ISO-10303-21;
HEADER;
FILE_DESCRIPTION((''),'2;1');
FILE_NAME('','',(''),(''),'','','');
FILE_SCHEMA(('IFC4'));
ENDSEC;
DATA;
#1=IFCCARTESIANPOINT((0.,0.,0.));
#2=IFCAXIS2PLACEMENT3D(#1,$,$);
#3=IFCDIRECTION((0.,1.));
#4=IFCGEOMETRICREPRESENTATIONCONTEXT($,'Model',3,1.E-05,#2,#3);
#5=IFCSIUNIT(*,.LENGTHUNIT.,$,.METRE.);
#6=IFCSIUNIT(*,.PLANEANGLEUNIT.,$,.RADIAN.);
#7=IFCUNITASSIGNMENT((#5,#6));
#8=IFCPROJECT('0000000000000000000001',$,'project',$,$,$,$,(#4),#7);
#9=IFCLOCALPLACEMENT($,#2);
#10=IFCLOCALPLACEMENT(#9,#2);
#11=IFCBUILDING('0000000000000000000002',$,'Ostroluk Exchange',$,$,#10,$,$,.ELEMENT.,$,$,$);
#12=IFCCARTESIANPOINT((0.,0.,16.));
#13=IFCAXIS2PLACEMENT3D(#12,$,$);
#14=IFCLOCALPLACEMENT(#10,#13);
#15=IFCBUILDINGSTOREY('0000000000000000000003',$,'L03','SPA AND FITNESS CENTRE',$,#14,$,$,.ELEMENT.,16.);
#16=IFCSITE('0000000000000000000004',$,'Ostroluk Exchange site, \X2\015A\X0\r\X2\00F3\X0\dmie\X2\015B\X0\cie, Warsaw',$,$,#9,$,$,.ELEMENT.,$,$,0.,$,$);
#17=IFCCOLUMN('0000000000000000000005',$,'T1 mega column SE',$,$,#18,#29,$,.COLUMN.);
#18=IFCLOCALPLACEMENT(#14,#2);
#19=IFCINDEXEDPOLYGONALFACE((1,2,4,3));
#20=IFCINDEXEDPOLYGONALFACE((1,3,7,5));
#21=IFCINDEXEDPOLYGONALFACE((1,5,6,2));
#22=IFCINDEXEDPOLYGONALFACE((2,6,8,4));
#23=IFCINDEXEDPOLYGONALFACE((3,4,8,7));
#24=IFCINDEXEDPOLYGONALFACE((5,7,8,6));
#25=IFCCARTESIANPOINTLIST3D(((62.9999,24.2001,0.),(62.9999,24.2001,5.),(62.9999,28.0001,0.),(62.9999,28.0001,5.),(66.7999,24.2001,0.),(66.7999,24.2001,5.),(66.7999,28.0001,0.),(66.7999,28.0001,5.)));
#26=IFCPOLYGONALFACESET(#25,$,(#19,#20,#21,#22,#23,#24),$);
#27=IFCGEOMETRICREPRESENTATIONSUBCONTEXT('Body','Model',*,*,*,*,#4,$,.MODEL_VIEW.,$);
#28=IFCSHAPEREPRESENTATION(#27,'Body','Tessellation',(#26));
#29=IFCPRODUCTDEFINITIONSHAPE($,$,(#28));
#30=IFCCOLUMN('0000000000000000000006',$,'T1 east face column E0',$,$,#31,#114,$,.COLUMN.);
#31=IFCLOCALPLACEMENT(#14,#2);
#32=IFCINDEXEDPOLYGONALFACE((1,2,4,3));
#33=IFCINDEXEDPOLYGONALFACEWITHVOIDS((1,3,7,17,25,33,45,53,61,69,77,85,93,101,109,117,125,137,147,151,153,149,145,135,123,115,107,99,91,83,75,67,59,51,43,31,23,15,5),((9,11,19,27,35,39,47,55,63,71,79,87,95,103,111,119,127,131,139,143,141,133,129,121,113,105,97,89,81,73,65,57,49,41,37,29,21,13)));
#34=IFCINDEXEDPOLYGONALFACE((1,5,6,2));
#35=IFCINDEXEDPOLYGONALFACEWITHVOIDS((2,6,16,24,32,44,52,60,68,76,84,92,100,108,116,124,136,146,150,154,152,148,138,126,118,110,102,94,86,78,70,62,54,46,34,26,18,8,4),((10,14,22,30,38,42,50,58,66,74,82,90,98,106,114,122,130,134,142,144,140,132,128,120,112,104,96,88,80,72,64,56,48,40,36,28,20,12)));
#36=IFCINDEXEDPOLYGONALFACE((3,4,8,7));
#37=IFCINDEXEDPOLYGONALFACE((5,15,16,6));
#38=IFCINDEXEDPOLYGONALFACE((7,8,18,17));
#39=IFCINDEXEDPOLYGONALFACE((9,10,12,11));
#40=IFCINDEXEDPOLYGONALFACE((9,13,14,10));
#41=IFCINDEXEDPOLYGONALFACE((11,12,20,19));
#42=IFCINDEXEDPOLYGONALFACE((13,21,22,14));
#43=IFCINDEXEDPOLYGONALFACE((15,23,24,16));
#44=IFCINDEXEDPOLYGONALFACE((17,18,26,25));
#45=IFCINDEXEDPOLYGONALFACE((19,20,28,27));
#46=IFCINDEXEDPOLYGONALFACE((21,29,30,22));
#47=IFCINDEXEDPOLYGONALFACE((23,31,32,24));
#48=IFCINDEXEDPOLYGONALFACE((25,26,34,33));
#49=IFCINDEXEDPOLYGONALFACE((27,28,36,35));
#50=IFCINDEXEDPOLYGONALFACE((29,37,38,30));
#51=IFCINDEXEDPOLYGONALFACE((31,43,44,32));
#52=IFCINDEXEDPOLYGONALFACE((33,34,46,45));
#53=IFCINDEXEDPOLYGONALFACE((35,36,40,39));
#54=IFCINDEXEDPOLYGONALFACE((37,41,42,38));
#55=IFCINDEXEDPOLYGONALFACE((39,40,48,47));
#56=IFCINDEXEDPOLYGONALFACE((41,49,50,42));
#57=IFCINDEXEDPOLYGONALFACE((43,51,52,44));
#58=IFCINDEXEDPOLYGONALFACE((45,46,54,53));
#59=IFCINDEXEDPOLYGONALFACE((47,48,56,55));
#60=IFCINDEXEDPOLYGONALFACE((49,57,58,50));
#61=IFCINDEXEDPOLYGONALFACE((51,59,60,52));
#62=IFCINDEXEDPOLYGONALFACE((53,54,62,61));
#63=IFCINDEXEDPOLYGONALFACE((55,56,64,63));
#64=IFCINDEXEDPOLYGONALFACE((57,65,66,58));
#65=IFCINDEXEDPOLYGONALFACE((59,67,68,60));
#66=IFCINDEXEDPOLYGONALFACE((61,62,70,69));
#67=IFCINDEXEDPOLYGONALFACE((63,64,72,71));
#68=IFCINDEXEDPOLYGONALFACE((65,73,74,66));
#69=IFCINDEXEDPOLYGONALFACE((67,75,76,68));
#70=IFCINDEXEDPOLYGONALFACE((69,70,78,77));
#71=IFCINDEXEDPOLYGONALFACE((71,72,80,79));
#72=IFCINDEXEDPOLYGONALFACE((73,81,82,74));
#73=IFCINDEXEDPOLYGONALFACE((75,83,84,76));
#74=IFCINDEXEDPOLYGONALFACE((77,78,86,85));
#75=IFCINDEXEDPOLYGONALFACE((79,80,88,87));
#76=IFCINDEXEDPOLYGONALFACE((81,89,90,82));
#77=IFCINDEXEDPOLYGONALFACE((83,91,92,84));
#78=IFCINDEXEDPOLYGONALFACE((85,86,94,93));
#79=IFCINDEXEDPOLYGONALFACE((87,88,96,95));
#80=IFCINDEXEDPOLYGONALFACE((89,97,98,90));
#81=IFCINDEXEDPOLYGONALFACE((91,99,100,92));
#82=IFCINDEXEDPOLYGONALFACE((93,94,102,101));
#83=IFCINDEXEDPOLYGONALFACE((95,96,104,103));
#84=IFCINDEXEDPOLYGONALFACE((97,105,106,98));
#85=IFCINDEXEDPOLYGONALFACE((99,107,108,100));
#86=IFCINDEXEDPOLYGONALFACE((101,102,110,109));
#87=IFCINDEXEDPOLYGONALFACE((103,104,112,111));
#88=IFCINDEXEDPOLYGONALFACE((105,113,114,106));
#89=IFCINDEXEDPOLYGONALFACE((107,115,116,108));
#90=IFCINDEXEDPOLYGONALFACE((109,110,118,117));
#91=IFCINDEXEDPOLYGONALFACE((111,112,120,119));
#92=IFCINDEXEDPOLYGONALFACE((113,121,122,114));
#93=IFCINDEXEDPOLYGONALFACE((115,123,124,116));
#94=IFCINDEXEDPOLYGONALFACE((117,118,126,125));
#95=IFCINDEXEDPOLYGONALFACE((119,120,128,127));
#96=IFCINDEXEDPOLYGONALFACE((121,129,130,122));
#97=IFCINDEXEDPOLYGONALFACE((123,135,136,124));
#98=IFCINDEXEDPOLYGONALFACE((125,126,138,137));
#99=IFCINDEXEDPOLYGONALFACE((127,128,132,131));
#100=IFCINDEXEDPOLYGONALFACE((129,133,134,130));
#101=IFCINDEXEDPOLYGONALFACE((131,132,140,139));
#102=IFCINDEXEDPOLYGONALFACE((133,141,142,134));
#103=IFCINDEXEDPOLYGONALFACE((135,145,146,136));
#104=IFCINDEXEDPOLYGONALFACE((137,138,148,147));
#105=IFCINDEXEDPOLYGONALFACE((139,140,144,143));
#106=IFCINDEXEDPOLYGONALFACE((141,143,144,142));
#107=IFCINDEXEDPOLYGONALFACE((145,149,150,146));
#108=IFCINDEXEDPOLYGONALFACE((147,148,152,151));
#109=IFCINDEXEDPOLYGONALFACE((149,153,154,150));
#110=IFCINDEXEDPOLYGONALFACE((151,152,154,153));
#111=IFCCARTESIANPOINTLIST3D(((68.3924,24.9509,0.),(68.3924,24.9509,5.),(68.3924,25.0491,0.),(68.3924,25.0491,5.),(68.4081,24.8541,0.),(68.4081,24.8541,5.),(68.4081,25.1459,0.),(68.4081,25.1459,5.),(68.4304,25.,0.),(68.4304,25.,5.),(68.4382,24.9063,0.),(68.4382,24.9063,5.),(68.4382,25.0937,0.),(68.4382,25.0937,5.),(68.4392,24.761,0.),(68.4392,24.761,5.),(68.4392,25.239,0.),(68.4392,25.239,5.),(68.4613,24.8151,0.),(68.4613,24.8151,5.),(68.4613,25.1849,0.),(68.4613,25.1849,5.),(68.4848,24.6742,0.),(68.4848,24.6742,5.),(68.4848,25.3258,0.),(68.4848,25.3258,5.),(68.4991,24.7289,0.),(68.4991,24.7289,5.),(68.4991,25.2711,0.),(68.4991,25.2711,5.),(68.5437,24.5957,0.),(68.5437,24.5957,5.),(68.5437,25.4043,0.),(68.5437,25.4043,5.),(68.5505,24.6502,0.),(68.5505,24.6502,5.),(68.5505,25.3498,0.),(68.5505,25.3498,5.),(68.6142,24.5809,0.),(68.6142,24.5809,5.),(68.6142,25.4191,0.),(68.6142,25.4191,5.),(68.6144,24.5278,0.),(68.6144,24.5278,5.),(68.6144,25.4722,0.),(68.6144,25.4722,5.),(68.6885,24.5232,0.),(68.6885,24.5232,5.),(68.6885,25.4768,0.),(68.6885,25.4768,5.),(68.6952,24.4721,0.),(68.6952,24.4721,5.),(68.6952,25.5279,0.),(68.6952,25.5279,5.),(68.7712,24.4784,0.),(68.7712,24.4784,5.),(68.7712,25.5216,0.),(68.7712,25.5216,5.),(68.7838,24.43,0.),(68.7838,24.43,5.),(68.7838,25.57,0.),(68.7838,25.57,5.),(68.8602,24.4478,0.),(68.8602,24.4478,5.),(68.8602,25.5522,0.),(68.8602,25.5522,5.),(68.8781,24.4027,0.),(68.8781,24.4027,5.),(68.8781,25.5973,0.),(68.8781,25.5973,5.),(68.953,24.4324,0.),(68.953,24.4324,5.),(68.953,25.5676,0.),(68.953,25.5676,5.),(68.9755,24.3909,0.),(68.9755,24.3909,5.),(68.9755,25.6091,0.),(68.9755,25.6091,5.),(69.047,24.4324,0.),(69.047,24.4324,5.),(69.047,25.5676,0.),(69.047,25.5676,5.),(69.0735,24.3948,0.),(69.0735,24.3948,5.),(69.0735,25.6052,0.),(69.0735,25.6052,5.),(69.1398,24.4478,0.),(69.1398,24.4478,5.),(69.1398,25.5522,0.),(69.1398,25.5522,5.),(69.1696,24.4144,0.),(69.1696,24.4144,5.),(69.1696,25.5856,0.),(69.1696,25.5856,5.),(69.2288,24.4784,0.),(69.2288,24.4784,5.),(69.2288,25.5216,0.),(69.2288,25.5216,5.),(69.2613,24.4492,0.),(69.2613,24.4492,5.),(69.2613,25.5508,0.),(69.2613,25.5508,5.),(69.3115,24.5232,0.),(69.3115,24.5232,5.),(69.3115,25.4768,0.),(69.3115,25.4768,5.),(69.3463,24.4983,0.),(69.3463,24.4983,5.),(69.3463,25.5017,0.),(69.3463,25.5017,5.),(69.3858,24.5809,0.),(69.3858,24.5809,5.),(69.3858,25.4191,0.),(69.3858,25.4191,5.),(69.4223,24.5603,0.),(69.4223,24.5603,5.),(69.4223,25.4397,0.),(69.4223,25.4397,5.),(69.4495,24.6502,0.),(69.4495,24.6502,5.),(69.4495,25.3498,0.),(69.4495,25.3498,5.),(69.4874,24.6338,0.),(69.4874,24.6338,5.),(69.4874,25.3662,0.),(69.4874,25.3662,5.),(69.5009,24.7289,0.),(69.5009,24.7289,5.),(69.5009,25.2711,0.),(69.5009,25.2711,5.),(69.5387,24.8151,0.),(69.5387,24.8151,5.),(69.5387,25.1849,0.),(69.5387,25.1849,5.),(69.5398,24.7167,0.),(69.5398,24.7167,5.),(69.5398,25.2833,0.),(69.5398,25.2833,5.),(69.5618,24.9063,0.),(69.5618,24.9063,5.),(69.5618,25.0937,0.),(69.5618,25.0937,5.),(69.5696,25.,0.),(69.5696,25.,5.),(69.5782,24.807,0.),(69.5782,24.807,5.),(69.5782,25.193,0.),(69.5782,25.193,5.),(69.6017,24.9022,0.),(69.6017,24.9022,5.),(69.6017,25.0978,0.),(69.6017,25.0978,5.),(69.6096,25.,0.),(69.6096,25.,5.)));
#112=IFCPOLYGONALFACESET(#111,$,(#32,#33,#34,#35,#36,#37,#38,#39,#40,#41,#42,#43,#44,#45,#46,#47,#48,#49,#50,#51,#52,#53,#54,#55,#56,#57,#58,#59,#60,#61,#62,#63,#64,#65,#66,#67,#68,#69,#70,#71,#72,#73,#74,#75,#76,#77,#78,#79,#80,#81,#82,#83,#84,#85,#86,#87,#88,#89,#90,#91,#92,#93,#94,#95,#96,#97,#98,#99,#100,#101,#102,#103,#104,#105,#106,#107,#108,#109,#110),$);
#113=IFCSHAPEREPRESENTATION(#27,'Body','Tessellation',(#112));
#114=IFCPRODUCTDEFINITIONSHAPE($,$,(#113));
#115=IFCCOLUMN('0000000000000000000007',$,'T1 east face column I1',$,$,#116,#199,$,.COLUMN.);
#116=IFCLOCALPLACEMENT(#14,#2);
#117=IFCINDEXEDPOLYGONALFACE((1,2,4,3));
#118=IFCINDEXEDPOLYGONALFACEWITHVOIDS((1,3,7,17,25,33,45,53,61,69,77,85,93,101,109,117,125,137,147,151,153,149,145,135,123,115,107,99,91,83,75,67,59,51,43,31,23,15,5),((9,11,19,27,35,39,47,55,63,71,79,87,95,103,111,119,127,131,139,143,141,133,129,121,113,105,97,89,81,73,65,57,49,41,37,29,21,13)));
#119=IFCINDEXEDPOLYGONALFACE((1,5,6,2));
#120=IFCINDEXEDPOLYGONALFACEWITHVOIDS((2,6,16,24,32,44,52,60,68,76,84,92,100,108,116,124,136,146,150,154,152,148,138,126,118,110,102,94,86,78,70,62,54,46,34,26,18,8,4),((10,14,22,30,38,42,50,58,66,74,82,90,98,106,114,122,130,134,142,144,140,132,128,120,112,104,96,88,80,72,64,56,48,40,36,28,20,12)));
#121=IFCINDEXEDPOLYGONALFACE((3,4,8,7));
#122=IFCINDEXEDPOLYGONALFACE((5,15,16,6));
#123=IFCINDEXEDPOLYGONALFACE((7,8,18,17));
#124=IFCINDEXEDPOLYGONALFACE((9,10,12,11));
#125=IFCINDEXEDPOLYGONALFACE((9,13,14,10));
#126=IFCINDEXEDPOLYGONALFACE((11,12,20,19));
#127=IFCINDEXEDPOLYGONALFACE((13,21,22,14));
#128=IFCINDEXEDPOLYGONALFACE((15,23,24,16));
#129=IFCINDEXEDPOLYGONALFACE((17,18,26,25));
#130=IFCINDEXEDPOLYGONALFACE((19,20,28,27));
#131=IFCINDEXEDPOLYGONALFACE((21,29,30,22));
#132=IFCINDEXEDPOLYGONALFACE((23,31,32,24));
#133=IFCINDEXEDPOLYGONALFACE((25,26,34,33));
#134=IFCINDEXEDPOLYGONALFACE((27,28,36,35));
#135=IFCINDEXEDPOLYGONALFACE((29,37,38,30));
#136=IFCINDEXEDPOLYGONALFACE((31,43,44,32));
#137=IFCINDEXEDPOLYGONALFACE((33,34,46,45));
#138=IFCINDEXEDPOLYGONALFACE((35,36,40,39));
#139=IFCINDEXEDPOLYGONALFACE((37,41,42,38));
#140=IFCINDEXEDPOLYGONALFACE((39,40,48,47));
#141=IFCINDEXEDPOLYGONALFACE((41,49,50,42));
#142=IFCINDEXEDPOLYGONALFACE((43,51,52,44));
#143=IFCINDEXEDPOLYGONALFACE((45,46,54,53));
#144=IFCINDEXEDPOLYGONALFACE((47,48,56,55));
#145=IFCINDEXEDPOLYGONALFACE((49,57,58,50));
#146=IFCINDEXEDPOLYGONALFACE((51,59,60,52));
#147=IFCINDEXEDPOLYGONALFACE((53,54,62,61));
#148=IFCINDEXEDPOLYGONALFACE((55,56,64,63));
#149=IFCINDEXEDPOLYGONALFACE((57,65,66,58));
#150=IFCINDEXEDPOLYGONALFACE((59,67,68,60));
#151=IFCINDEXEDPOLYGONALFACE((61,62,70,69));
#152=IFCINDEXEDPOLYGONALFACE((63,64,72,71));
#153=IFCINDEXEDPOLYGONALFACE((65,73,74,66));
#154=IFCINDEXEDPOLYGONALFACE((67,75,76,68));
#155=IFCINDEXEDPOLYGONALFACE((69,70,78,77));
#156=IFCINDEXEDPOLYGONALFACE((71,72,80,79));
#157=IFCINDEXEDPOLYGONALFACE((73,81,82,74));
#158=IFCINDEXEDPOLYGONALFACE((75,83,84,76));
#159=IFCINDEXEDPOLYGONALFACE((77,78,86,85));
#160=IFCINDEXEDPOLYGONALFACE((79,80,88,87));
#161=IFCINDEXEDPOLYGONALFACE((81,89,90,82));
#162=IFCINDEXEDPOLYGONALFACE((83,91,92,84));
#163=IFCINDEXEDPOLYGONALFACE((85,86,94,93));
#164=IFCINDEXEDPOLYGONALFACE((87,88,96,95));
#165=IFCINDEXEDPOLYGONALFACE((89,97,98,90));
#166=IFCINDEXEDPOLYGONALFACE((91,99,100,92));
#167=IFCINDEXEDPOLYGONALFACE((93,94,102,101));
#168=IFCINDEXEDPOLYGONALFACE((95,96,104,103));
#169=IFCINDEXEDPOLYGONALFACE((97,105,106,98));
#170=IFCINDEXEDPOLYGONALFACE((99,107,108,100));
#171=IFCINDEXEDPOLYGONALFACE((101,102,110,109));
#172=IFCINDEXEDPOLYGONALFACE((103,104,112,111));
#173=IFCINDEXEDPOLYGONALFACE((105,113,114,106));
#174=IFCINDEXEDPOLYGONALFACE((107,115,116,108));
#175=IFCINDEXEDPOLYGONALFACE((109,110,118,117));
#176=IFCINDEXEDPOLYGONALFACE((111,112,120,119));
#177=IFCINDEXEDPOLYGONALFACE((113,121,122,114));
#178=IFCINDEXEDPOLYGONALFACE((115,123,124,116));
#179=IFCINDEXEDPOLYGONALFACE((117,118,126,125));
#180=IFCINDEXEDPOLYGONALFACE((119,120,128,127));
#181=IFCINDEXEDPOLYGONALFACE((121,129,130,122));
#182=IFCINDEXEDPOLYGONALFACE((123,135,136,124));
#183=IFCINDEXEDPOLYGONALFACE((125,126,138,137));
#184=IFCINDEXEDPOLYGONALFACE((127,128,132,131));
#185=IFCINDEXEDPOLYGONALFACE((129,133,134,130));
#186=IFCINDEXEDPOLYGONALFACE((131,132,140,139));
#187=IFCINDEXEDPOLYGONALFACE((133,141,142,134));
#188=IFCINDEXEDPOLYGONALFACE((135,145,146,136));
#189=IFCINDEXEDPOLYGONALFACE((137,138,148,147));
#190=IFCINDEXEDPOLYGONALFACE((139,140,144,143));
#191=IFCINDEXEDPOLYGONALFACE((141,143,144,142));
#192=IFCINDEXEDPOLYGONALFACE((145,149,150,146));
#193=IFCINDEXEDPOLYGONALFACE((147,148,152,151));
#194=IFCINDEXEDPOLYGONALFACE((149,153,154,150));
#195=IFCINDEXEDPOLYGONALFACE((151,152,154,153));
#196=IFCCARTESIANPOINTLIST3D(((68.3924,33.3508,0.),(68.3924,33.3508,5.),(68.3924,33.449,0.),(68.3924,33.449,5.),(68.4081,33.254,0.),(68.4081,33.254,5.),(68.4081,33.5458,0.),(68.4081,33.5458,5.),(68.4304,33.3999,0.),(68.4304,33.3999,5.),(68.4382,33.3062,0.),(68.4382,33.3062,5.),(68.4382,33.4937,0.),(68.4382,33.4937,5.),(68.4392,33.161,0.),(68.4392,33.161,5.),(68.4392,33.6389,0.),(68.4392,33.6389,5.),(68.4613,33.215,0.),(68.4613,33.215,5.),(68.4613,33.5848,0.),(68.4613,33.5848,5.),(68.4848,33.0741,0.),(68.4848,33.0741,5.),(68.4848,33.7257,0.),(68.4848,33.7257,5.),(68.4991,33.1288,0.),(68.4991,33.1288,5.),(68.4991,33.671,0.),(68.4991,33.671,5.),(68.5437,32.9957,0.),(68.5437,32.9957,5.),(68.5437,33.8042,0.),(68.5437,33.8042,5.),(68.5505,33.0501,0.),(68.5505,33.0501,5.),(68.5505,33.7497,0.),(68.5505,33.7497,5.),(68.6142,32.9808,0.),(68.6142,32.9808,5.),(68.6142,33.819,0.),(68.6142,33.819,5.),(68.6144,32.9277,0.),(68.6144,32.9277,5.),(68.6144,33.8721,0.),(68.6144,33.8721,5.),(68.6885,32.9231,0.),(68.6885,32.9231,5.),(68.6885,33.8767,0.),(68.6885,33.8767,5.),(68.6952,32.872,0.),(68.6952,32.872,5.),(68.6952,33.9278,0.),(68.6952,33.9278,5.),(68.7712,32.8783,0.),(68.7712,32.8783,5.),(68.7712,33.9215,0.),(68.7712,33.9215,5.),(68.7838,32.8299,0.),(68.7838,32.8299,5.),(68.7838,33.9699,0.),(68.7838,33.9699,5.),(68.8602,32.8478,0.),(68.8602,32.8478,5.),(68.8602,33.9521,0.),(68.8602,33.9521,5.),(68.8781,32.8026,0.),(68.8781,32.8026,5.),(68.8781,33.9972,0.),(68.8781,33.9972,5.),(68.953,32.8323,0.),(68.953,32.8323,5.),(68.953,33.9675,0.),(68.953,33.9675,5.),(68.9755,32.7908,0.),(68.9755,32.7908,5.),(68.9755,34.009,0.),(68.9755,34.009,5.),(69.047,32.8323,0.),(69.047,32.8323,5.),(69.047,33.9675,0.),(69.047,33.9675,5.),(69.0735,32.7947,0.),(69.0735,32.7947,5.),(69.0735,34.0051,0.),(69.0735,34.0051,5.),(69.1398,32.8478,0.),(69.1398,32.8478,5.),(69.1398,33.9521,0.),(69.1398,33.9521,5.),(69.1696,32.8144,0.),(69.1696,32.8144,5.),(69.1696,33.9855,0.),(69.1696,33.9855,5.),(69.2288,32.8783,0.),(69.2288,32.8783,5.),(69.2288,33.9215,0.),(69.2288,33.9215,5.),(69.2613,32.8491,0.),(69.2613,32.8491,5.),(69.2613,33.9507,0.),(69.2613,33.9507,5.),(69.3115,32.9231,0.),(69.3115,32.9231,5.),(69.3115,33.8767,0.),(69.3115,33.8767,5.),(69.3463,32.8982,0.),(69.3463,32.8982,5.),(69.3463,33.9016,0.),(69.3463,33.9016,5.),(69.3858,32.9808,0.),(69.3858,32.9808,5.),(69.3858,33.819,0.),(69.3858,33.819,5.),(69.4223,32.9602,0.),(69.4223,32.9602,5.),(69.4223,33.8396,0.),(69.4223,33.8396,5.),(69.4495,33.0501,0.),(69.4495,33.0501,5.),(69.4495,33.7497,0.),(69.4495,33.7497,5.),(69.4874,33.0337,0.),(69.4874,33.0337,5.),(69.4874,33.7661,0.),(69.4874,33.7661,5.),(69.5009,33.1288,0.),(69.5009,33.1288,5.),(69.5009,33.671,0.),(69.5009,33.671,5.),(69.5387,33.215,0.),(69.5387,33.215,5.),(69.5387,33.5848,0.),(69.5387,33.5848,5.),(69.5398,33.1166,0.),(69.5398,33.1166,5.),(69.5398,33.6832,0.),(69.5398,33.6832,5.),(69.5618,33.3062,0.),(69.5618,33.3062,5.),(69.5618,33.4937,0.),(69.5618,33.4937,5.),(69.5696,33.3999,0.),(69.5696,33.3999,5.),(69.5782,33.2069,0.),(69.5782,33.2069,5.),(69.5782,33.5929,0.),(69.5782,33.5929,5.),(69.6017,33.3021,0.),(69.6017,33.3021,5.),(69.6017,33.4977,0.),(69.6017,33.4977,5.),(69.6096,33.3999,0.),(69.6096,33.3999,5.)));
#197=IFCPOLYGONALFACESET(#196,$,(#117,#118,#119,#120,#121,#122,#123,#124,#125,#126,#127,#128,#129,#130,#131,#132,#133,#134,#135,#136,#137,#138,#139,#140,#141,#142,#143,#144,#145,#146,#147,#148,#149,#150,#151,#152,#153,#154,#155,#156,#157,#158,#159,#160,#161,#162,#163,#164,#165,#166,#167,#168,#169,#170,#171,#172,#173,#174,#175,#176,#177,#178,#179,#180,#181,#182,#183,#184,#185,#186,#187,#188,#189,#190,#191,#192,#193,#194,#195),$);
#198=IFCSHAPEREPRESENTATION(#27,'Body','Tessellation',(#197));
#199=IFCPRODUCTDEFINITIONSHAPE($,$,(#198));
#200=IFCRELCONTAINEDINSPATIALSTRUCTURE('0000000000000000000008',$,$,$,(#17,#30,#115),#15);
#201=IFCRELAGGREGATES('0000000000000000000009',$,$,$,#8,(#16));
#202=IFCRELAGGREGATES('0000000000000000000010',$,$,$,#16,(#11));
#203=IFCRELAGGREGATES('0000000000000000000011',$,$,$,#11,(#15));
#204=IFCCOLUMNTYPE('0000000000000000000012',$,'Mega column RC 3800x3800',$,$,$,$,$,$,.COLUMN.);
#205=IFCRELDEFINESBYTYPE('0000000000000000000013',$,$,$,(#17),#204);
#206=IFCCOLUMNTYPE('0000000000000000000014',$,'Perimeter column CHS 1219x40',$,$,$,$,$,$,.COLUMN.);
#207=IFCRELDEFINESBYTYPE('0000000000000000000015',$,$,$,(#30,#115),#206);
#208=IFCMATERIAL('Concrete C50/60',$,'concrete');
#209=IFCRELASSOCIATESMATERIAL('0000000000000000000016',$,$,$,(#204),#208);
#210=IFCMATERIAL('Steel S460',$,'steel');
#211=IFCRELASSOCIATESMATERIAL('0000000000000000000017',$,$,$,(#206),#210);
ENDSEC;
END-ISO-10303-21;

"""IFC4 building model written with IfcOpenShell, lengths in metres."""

from ifc_helpers import new_model, si_unit, direction, frame, origin, origin_2d, place, context, subcontext, project, spatial, rectangle, hollow_circle, extrude, material, material_profile, profile_set, type_object, element, save


model = new_model("IFC4")

# Units and contexts
model_context = context("Model", 3, precision=1e-05, world=origin(), true_north=direction((0.0, 1.0)))
body_context = subcontext(model_context, "Body", "Model", "MODEL_VIEW")
ifc_project = project(units=[si_unit("LENGTHUNIT", "METRE"), si_unit("PLANEANGLEUNIT", "RADIAN")], contexts=[model_context])

# Site, building, storey
site_placement = place(None, origin())
site = spatial("IfcSite", under=ifc_project, at=site_placement, Name="Ostroluk Exchange site, Śródmieście, Warsaw", CompositionType="ELEMENT", RefElevation=0.0)
building_placement = place(site_placement, origin())
building = spatial("IfcBuilding", under=site, at=building_placement, Name="Ostroluk Exchange", CompositionType="ELEMENT")
storey_placement = place(building_placement, frame((0.0, 0.0, 16.0)))
storey = spatial("IfcBuildingStorey", under=building, at=storey_placement, Name="L03", Description="SPA AND FITNESS CENTRE", CompositionType="ELEMENT", Elevation=16.0)

# Columns
ifc_material_1 = material(Name="Concrete C50/60", Category="concrete")
ifc_material_profile_1 = material_profile(ifc_material_1, rectangle(XDim=3.8, YDim=3.8, at=origin_2d()), Name="RC 3800x3800")
ifc_profile_set_1 = profile_set([ifc_material_profile_1], Name="Concrete C50/60")
column_type_1 = type_object("IfcColumnType", Name="Mega column RC 3800x3800", PredefinedType="COLUMN", material=ifc_profile_set_1)
column_placement = place(storey_placement, frame((64.8999, 26.1001, 0.0), z_axis=(0.0, 0.0, 1.0), x_axis=(1.0, 0.0, 0.0)))
element("IfcColumn", 1, at=column_placement, inside=storey, type_object=column_type_1, Name="T1 mega column SE", PredefinedType="COLUMN", context=body_context, shape_type="SweptSolid", body=[
    extrude(rectangle(XDim=3.8, YDim=3.8, at=origin_2d()), origin(), (0.0, 0.0, 1.0), 5.0),
])
ifc_material_2 = material(Name="Steel S460", Category="steel")
ifc_material_profile_2 = material_profile(ifc_material_2, hollow_circle(Radius=0.6096, WallThickness=0.04, at=origin_2d()), Name="CHS 1219x40")
ifc_profile_set_2 = profile_set([ifc_material_profile_2], Name="Steel S460")
column_type_2 = type_object("IfcColumnType", Name="Perimeter column CHS 1219x40", PredefinedType="COLUMN", material=ifc_profile_set_2)
for number, where, z_axis, x_axis, name in (
    (2, (69.0, 25.0, 0.0), (0.0, 0.0, 1.0), (1.0, 0.0, 0.0), "T1 east face column E0"),
    (3, (69.0, 33.3999, 0.0), (0.0, 0.0, 1.0), (1.0, 0.0, 0.0), "T1 east face column I1"),
):
    element("IfcColumn", number, at=place(storey_placement, frame(where, z_axis=z_axis, x_axis=x_axis)), inside=storey, type_object=column_type_2, Name=name, PredefinedType="COLUMN", context=body_context, shape_type="SweptSolid", body=[
        extrude(hollow_circle(Radius=0.6096, WallThickness=0.04, at=origin_2d()), origin(), (0.0, 0.0, 1.0), 5.0),
    ])

save(model, "model.ifc")
